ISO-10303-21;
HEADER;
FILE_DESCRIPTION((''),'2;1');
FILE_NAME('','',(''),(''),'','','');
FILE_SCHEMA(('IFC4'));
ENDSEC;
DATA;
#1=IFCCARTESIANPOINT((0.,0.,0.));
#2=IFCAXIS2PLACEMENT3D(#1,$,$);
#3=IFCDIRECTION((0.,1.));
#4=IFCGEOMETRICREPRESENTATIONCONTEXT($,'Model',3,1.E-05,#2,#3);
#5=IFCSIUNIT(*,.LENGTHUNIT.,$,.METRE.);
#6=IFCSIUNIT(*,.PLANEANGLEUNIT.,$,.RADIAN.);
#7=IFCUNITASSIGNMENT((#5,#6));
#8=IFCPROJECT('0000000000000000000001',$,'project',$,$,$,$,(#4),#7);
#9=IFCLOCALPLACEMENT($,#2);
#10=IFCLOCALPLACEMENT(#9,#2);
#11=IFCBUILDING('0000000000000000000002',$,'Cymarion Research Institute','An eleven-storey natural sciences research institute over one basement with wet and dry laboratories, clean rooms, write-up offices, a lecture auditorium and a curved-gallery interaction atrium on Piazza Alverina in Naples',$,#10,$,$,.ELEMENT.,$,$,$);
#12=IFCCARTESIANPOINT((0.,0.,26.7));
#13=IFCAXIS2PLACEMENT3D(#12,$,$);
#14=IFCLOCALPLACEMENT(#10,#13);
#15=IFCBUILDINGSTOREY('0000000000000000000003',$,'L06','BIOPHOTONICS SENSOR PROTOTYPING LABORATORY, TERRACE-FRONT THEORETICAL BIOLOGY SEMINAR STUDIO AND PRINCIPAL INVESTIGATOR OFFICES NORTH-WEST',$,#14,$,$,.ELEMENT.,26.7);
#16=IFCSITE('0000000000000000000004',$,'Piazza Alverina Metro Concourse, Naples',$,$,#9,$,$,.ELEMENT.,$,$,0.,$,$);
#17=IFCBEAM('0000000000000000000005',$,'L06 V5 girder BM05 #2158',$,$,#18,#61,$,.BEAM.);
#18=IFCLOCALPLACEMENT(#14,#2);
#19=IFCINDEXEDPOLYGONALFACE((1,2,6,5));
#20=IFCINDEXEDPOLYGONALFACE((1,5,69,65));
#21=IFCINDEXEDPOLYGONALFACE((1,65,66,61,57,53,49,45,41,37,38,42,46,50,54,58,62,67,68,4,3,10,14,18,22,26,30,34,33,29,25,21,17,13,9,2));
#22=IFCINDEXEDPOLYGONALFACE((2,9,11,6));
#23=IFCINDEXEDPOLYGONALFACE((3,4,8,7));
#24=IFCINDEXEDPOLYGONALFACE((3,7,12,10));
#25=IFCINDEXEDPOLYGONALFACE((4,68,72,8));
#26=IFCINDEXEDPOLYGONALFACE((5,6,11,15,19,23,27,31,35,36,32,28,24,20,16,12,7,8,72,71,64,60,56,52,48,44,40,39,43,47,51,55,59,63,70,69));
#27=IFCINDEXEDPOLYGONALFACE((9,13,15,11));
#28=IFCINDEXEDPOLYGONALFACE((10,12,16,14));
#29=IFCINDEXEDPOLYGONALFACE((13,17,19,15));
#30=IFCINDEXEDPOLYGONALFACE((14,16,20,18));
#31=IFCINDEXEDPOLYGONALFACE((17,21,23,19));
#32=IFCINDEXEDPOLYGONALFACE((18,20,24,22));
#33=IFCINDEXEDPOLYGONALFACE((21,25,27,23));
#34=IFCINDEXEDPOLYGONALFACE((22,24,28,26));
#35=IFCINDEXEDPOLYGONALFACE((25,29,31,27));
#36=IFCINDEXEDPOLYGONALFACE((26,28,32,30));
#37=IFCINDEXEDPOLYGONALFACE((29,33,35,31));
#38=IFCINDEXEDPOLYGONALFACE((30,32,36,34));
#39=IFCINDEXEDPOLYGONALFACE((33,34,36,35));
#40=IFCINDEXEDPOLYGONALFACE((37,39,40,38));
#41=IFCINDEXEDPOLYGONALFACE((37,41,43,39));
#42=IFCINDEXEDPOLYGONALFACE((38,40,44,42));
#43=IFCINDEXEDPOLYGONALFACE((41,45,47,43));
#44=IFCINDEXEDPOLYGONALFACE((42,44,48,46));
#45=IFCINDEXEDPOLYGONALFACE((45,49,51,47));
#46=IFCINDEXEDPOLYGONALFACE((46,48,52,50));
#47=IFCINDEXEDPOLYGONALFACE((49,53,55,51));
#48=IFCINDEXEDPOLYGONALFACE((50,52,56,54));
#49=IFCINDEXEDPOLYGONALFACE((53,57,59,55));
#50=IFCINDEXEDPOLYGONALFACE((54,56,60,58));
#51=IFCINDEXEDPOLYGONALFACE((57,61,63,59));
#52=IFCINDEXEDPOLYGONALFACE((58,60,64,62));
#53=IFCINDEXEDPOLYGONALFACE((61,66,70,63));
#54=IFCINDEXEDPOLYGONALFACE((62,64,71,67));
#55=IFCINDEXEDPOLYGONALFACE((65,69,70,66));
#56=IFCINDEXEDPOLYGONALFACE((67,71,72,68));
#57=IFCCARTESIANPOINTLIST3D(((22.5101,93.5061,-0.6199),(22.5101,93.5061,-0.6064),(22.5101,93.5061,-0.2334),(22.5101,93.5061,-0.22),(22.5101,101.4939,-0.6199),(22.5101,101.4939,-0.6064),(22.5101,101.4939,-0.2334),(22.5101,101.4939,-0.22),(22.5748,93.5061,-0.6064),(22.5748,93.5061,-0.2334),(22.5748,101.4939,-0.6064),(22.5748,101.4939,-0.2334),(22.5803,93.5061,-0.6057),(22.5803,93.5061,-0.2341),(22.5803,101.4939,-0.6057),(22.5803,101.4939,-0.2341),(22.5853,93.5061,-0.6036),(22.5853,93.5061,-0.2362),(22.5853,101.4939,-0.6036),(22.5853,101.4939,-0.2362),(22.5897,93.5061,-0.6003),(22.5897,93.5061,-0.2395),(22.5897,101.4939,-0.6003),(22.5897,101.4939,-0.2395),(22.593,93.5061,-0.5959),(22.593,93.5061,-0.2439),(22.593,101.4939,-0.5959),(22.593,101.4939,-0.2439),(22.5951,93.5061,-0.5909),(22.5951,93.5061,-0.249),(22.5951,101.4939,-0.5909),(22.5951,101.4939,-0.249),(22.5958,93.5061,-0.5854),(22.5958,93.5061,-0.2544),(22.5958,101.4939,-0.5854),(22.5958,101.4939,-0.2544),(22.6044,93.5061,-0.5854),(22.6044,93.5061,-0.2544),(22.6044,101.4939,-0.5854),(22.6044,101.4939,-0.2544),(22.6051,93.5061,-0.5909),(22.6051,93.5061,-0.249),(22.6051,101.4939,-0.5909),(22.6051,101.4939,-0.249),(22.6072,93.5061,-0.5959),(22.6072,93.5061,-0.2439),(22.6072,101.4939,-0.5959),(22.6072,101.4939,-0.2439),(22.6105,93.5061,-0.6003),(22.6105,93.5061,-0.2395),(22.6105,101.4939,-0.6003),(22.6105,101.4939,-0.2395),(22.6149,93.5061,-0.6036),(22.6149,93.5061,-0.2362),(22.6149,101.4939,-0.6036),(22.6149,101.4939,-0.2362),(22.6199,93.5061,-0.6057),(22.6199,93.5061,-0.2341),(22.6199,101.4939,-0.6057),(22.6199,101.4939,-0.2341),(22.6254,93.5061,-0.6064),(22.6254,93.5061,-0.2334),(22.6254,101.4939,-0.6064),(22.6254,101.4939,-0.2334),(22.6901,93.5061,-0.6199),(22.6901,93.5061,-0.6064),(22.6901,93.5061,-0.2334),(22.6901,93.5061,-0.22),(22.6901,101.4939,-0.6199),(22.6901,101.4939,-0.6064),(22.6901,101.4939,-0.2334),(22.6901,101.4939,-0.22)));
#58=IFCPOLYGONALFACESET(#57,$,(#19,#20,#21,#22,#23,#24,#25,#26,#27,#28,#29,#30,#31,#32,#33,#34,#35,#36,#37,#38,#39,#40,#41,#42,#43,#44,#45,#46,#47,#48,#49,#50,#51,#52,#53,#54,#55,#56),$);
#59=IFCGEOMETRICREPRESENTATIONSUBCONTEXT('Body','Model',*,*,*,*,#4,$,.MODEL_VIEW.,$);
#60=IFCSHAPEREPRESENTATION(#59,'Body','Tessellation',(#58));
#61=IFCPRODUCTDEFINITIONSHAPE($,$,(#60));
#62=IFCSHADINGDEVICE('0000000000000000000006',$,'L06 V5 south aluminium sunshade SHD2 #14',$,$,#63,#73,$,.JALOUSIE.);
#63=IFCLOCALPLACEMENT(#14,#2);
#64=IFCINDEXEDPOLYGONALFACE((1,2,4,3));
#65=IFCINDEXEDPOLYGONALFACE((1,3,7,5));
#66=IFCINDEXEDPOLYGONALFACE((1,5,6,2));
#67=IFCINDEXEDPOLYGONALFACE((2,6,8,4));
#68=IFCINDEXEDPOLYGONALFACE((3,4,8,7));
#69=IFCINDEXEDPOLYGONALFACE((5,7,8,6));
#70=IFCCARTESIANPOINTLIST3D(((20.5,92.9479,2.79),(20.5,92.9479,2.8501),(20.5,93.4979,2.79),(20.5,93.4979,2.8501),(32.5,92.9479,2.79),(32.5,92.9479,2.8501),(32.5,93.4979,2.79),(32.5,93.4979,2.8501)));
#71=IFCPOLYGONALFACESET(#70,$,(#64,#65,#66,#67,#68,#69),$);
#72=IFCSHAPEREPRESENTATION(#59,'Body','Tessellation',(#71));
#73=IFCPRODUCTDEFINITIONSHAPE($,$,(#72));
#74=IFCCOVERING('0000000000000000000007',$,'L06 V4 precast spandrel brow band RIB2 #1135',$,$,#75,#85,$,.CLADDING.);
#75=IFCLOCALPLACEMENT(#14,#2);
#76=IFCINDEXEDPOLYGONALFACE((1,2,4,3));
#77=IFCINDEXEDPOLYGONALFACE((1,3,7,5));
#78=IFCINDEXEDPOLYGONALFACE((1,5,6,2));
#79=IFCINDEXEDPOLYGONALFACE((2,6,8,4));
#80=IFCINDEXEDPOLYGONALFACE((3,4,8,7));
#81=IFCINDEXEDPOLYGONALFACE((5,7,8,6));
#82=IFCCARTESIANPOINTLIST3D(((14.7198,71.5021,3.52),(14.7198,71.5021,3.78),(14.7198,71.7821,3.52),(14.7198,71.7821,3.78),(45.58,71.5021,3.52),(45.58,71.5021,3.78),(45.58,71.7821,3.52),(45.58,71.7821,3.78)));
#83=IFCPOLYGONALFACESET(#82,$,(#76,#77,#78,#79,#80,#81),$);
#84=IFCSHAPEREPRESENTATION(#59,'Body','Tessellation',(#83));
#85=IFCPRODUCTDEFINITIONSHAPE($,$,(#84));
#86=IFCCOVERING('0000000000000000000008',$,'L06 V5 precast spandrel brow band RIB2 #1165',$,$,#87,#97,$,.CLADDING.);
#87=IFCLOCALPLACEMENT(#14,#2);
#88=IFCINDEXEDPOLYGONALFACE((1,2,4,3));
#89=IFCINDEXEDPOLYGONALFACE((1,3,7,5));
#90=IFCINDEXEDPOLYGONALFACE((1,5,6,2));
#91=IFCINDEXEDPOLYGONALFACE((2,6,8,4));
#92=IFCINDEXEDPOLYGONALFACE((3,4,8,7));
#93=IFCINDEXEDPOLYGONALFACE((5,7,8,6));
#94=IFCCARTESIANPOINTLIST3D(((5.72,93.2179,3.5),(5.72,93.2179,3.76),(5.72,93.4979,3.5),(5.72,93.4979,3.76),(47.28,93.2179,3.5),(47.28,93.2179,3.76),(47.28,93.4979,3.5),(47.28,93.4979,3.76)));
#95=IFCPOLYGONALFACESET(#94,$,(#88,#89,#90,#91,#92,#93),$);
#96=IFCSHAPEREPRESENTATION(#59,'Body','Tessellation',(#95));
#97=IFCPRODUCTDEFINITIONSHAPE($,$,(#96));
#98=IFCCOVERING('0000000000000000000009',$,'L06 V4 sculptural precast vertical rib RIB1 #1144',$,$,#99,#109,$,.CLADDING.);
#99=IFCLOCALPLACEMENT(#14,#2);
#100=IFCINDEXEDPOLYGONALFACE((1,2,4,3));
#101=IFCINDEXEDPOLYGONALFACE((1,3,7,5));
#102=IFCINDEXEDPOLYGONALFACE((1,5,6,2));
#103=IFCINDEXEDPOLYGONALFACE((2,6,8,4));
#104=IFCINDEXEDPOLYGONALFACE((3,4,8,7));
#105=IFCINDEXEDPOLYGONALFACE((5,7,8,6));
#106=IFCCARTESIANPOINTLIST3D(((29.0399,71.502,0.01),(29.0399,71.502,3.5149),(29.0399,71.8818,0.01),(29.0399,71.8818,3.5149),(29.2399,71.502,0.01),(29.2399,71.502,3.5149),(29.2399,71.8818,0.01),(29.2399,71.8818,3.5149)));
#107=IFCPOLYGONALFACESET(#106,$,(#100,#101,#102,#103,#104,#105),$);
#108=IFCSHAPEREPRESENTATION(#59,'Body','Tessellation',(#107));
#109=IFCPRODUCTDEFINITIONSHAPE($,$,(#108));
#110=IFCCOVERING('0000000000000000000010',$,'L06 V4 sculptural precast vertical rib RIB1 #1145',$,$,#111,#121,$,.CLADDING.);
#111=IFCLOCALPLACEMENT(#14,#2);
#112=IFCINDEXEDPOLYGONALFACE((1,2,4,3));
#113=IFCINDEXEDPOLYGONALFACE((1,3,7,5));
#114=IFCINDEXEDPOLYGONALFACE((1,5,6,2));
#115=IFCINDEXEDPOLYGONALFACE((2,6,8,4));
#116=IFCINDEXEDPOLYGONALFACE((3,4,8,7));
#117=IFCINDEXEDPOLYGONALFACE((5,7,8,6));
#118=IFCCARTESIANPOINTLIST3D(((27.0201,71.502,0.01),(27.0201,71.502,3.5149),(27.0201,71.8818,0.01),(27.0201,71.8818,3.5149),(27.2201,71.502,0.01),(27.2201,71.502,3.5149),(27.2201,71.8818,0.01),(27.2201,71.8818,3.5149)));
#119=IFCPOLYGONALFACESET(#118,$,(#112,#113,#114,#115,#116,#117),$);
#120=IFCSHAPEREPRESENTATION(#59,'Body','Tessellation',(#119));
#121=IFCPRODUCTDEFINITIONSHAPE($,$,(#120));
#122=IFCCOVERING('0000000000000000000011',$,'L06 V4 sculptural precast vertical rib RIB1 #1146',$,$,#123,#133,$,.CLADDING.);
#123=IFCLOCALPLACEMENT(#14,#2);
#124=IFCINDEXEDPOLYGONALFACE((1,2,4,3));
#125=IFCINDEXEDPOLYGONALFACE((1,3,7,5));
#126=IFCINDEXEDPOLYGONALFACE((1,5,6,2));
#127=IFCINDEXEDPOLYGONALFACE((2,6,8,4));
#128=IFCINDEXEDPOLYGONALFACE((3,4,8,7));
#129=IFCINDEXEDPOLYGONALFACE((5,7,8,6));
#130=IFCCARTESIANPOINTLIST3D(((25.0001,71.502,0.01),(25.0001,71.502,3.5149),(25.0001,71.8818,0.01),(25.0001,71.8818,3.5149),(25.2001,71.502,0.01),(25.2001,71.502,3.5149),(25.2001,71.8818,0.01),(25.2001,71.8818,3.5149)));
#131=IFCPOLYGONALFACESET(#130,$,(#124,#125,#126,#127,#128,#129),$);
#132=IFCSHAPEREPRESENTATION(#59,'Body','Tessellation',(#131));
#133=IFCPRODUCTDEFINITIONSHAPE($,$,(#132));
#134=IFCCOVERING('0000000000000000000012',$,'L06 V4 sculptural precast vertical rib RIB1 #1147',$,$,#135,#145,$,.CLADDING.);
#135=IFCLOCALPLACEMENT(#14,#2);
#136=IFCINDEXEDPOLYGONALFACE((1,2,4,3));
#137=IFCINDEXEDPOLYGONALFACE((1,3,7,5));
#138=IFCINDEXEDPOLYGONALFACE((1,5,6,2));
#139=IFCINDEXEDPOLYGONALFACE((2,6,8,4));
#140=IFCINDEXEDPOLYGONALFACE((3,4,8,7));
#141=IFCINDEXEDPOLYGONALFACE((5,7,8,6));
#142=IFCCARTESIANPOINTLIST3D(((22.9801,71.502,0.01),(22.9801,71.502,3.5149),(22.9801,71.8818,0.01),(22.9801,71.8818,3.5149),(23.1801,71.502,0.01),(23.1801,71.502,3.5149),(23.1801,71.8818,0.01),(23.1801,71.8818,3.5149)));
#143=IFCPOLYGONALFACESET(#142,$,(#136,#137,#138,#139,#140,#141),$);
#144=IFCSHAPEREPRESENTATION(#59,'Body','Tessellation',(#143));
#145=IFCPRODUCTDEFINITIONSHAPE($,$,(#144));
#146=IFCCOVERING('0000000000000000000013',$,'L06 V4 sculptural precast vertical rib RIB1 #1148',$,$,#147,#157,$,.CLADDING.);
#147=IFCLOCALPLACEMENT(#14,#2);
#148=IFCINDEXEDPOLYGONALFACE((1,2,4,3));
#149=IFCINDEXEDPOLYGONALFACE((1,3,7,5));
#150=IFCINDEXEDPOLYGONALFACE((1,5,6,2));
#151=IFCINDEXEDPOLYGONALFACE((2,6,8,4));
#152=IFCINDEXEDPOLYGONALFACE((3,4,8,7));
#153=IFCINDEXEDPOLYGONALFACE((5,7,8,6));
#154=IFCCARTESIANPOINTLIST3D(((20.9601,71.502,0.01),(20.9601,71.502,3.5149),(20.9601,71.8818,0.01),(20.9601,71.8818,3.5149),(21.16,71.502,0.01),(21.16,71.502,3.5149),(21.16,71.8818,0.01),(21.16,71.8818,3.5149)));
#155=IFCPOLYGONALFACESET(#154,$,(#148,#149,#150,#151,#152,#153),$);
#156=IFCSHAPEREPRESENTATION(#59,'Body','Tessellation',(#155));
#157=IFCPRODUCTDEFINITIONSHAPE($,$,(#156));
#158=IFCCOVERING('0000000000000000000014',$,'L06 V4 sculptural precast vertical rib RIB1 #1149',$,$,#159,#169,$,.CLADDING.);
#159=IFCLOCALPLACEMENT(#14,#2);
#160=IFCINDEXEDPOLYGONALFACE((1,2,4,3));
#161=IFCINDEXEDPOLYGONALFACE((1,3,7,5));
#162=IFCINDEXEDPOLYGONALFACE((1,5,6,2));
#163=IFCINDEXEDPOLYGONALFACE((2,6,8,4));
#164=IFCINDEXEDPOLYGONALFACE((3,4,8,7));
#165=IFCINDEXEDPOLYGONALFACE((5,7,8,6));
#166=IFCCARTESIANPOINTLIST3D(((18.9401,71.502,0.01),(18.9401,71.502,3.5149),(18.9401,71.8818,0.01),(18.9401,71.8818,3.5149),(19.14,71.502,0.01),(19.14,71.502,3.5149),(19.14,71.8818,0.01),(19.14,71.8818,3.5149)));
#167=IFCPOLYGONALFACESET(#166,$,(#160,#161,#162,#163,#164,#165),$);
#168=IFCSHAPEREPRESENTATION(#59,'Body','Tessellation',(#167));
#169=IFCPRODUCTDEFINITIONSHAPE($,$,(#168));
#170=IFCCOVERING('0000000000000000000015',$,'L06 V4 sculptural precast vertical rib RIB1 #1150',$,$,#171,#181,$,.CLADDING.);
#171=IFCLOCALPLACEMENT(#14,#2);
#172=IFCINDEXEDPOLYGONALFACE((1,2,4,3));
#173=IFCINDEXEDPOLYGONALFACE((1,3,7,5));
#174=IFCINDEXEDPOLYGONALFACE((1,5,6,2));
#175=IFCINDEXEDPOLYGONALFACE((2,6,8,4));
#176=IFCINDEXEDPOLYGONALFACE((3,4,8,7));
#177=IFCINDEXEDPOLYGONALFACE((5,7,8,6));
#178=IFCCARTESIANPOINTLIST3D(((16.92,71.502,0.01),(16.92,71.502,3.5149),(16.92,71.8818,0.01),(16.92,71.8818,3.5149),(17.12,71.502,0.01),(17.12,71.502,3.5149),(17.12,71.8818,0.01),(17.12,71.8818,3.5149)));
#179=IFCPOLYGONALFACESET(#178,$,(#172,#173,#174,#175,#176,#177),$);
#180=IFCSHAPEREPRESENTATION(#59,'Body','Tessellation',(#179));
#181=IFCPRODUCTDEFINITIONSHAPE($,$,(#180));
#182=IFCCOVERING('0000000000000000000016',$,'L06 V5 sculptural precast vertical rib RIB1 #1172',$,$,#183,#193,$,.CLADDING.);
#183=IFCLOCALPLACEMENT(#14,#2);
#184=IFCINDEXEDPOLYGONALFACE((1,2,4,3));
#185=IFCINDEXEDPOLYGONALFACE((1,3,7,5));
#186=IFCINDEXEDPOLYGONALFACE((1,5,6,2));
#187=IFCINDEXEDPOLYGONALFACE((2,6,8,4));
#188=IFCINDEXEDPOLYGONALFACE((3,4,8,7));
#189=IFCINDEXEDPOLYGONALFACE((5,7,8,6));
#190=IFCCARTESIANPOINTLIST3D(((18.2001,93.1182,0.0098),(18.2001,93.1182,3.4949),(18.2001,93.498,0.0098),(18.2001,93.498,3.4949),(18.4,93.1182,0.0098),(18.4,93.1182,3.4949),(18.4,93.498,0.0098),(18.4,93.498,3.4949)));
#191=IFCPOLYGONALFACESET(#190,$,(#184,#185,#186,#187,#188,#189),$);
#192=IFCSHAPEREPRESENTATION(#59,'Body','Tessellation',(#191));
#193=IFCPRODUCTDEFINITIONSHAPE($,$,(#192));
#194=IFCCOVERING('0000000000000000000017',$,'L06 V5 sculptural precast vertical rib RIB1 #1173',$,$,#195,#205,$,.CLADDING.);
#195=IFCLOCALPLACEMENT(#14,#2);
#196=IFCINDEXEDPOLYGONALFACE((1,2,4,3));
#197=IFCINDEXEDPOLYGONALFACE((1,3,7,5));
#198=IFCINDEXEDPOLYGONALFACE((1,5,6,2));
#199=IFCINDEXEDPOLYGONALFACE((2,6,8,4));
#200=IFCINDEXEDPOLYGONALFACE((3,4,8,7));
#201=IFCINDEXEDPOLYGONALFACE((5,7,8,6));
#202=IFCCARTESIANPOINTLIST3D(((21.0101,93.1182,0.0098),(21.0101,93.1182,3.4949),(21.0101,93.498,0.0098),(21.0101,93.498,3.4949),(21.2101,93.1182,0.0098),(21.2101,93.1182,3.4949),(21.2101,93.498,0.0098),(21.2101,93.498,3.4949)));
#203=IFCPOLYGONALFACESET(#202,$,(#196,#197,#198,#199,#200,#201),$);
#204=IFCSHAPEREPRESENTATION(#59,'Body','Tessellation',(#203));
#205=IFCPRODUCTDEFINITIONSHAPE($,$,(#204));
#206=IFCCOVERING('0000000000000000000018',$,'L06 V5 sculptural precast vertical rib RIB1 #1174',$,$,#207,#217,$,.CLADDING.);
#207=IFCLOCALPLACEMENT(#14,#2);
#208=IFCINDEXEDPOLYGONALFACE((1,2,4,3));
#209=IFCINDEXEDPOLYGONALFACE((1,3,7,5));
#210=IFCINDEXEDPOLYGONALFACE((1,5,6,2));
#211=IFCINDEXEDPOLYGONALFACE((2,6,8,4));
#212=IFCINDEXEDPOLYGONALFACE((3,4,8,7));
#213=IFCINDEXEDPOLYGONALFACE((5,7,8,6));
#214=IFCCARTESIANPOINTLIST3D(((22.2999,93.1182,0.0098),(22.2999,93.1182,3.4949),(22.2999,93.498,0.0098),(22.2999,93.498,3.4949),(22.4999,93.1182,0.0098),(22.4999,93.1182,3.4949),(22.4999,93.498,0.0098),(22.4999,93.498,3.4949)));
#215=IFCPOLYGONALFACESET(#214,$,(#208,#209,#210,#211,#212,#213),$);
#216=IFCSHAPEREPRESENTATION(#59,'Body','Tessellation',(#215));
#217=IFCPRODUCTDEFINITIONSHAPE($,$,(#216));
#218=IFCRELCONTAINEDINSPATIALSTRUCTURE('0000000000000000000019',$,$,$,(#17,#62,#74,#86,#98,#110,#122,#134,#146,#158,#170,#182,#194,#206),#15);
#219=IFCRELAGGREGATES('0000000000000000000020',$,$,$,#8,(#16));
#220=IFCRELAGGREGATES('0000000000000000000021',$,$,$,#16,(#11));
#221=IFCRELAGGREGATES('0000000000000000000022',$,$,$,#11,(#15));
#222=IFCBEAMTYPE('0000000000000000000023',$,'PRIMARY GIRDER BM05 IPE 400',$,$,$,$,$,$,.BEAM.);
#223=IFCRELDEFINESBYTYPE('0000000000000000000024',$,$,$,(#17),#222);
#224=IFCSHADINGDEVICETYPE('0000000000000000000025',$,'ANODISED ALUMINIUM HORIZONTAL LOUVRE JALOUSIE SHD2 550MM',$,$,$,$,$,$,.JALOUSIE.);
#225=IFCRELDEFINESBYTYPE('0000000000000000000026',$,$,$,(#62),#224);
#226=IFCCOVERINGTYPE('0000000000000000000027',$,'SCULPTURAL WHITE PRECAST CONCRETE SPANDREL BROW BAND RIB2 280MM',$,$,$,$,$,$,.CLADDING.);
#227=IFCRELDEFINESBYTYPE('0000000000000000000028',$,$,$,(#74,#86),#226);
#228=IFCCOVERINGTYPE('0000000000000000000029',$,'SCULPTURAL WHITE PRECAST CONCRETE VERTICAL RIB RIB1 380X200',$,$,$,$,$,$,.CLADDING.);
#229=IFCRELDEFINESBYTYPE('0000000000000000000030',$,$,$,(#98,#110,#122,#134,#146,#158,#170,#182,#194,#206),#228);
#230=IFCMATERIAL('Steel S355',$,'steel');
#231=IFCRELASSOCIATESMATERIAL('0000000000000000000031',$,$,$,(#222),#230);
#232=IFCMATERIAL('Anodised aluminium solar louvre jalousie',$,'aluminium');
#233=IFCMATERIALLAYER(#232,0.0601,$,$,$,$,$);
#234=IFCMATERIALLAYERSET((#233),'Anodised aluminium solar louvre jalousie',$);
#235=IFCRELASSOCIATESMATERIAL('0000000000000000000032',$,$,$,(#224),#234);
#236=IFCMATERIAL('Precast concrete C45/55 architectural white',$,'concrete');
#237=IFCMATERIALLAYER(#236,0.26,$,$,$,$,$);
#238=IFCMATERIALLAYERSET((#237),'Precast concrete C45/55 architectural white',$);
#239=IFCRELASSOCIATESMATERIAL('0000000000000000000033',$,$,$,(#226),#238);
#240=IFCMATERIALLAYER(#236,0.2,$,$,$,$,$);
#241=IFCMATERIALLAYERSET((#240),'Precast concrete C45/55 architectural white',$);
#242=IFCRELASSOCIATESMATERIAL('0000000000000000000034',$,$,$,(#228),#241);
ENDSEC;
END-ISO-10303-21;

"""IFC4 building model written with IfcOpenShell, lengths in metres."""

from ifc_helpers import new_model, si_unit, direction, frame, origin, origin_2d, place, context, subcontext, project, spatial, rectangle, i_section, extrude, material, layer, layer_set, material_profile, profile_set, type_object, element, save


model = new_model("IFC4")

# Units and contexts
model_context = context("Model", 3, precision=1e-05, world=origin(), true_north=direction((0.0, 1.0)))
body_context = subcontext(model_context, "Body", "Model", "MODEL_VIEW")
ifc_project = project(units=[si_unit("LENGTHUNIT", "METRE"), si_unit("PLANEANGLEUNIT", "RADIAN")], contexts=[model_context])

# Site, building, storey
site_placement = place(None, origin())
site = spatial("IfcSite", under=ifc_project, at=site_placement, Name="Piazza Alverina Metro Concourse, Naples", CompositionType="ELEMENT", RefElevation=0.0)
building_placement = place(site_placement, origin())
building = spatial("IfcBuilding", under=site, at=building_placement, Name="Cymarion Research Institute", Description="An eleven-storey natural sciences research institute over one basement with wet and dry laboratories, clean rooms, write-up offices, a lecture auditorium and a curved-gallery interaction atrium on Piazza Alverina in Naples", CompositionType="ELEMENT")
storey_placement = place(building_placement, frame((0.0, 0.0, 26.7)))
storey = spatial("IfcBuildingStorey", under=building, at=storey_placement, Name="L06", Description="BIOPHOTONICS SENSOR PROTOTYPING LABORATORY, TERRACE-FRONT THEORETICAL BIOLOGY SEMINAR STUDIO AND PRINCIPAL INVESTIGATOR OFFICES NORTH-WEST", CompositionType="ELEMENT", Elevation=26.7)

# Shared definitions
ifc_material_1 = material(Name="Steel S355", Category="steel")

# Beam
ifc_material_profile_1 = material_profile(ifc_material_1, i_section(OverallWidth=0.1799, OverallDepth=0.3999, WebThickness=0.0085, FlangeThickness=0.0134, FilletRadius=0.021, at=origin_2d()), Name="IPE 400")
ifc_profile_set_1 = profile_set([ifc_material_profile_1], Name="Steel S355")
beam_type = type_object("IfcBeamType", Name="PRIMARY GIRDER BM05 IPE 400", PredefinedType="BEAM", material=ifc_profile_set_1)
beam_placement = place(storey_placement, frame((22.6001, 93.5061, -0.4199), z_axis=(0.0, 1.0, 0.0), x_axis=(-1.0, 0.0, 0.0)))
element("IfcBeam", 1, at=beam_placement, inside=storey, type_object=beam_type, Name="L06 V5 girder BM05 #2158", PredefinedType="BEAM", context=body_context, shape_type="SweptSolid", body=[
    extrude(i_section(OverallWidth=0.1799, OverallDepth=0.3999, WebThickness=0.0085, FlangeThickness=0.0134, FilletRadius=0.021, at=origin_2d()), origin(), (0.0, 0.0, 1.0), 7.9878),
])

# Shading device
ifc_material_2 = material(Name="Anodised aluminium solar louvre jalousie", Category="aluminium")
ifc_layer_1 = layer(ifc_material_2, 0.0601)
ifc_layer_set_1 = layer_set([ifc_layer_1], Name="Anodised aluminium solar louvre jalousie")
shading_device_type = type_object("IfcShadingDeviceType", Name="ANODISED ALUMINIUM HORIZONTAL LOUVRE JALOUSIE SHD2 550MM", PredefinedType="JALOUSIE", material=ifc_layer_set_1)
shading_device_placement = place(storey_placement, frame((26.5, 93.2229, 2.79), z_axis=(0.0, 0.0, 1.0), x_axis=(0.0, -1.0, 0.0)))
element("IfcShadingDevice", 2, at=shading_device_placement, inside=storey, type_object=shading_device_type, Name="L06 V5 south aluminium sunshade SHD2 #14", PredefinedType="JALOUSIE", context=body_context, shape_type="SweptSolid", body=[
    extrude(rectangle(XDim=0.55, YDim=12.0, at=origin_2d()), origin(), (0.0, 0.0, 1.0), 0.0601),
])

# Coverings
ifc_material_3 = material(Name="Precast concrete C45/55 architectural white", Category="concrete")
ifc_layer_2 = layer(ifc_material_3, 0.26)
ifc_layer_set_2 = layer_set([ifc_layer_2], Name="Precast concrete C45/55 architectural white")
covering_type_1 = type_object("IfcCoveringType", Name="SCULPTURAL WHITE PRECAST CONCRETE SPANDREL BROW BAND RIB2 280MM", PredefinedType="CLADDING", material=ifc_layer_set_2)
covering_1_placement = place(storey_placement, frame((30.1499, 71.6421, 3.52), z_axis=(0.0, 0.0, 1.0), x_axis=(0.0, 1.0, 0.0)))
element("IfcCovering", 3, at=covering_1_placement, inside=storey, type_object=covering_type_1, Name="L06 V4 precast spandrel brow band RIB2 #1135", PredefinedType="CLADDING", context=body_context, shape_type="SweptSolid", body=[
    extrude(rectangle(XDim=0.28, YDim=30.8601, at=origin_2d()), origin(), (0.0, 0.0, 1.0), 0.26),
])
covering_2_placement = place(storey_placement, frame((26.5, 93.3579, 3.5), z_axis=(0.0, 0.0, 1.0), x_axis=(0.0, -1.0, 0.0)))
element("IfcCovering", 4, at=covering_2_placement, inside=storey, type_object=covering_type_1, Name="L06 V5 precast spandrel brow band RIB2 #1165", PredefinedType="CLADDING", context=body_context, shape_type="SweptSolid", body=[
    extrude(rectangle(XDim=0.28, YDim=41.5601, at=origin_2d()), origin(), (0.0, 0.0, 1.0), 0.26),
])
ifc_layer_3 = layer(ifc_material_3, 0.2)
ifc_layer_set_3 = layer_set([ifc_layer_3], Name="Precast concrete C45/55 architectural white")
covering_type_2 = type_object("IfcCoveringType", Name="SCULPTURAL WHITE PRECAST CONCRETE VERTICAL RIB RIB1 380X200", PredefinedType="CLADDING", material=ifc_layer_set_3)
for number, where, z_axis, x_axis, name in (
    (5, (29.1399, 71.6919, 0.01), (0.0, 0.0, 1.0), (0.0, 1.0, 0.0), "L06 V4 sculptural precast vertical rib RIB1 #1144"),
    (6, (27.1201, 71.6919, 0.01), (0.0, 0.0, 1.0), (0.0, 1.0, 0.0), "L06 V4 sculptural precast vertical rib RIB1 #1145"),
    (7, (25.1001, 71.6919, 0.01), (0.0, 0.0, 1.0), (0.0, 1.0, 0.0), "L06 V4 sculptural precast vertical rib RIB1 #1146"),
    (8, (23.0801, 71.6919, 0.01), (0.0, 0.0, 1.0), (0.0, 1.0, 0.0), "L06 V4 sculptural precast vertical rib RIB1 #1147"),
    (9, (21.0601, 71.6919, 0.01), (0.0, 0.0, 1.0), (0.0, 1.0, 0.0), "L06 V4 sculptural precast vertical rib RIB1 #1148"),
    (10, (19.04, 71.6919, 0.01), (0.0, 0.0, 1.0), (0.0, 1.0, 0.0), "L06 V4 sculptural precast vertical rib RIB1 #1149"),
    (11, (17.02, 71.6919, 0.01), (0.0, 0.0, 1.0), (0.0, 1.0, 0.0), "L06 V4 sculptural precast vertical rib RIB1 #1150"),
):
    element("IfcCovering", number, at=place(storey_placement, frame(where, z_axis=z_axis, x_axis=x_axis)), inside=storey, type_object=covering_type_2, Name=name, PredefinedType="CLADDING", context=body_context, shape_type="SweptSolid", body=[
        extrude(rectangle(XDim=0.3799, YDim=0.2, at=origin_2d()), origin(), (0.0, 0.0, 1.0), 3.5049),
    ])
for number, where, z_axis, x_axis, name in (
    (12, (18.3, 93.3081, 0.0098), (0.0, 0.0, 1.0), (0.0, -1.0, 0.0), "L06 V5 sculptural precast vertical rib RIB1 #1172"),
    (13, (21.1101, 93.3081, 0.0098), (0.0, 0.0, 1.0), (0.0, -1.0, 0.0), "L06 V5 sculptural precast vertical rib RIB1 #1173"),
    (14, (22.3999, 93.3081, 0.0098), (0.0, 0.0, 1.0), (0.0, -1.0, 0.0), "L06 V5 sculptural precast vertical rib RIB1 #1174"),
):
    element("IfcCovering", number, at=place(storey_placement, frame(where, z_axis=z_axis, x_axis=x_axis)), inside=storey, type_object=covering_type_2, Name=name, PredefinedType="CLADDING", context=body_context, shape_type="SweptSolid", body=[
        extrude(rectangle(XDim=0.3799, YDim=0.2, at=origin_2d()), origin(), (0.0, 0.0, 1.0), 3.4851),
    ])

save(model, "model.ifc")
